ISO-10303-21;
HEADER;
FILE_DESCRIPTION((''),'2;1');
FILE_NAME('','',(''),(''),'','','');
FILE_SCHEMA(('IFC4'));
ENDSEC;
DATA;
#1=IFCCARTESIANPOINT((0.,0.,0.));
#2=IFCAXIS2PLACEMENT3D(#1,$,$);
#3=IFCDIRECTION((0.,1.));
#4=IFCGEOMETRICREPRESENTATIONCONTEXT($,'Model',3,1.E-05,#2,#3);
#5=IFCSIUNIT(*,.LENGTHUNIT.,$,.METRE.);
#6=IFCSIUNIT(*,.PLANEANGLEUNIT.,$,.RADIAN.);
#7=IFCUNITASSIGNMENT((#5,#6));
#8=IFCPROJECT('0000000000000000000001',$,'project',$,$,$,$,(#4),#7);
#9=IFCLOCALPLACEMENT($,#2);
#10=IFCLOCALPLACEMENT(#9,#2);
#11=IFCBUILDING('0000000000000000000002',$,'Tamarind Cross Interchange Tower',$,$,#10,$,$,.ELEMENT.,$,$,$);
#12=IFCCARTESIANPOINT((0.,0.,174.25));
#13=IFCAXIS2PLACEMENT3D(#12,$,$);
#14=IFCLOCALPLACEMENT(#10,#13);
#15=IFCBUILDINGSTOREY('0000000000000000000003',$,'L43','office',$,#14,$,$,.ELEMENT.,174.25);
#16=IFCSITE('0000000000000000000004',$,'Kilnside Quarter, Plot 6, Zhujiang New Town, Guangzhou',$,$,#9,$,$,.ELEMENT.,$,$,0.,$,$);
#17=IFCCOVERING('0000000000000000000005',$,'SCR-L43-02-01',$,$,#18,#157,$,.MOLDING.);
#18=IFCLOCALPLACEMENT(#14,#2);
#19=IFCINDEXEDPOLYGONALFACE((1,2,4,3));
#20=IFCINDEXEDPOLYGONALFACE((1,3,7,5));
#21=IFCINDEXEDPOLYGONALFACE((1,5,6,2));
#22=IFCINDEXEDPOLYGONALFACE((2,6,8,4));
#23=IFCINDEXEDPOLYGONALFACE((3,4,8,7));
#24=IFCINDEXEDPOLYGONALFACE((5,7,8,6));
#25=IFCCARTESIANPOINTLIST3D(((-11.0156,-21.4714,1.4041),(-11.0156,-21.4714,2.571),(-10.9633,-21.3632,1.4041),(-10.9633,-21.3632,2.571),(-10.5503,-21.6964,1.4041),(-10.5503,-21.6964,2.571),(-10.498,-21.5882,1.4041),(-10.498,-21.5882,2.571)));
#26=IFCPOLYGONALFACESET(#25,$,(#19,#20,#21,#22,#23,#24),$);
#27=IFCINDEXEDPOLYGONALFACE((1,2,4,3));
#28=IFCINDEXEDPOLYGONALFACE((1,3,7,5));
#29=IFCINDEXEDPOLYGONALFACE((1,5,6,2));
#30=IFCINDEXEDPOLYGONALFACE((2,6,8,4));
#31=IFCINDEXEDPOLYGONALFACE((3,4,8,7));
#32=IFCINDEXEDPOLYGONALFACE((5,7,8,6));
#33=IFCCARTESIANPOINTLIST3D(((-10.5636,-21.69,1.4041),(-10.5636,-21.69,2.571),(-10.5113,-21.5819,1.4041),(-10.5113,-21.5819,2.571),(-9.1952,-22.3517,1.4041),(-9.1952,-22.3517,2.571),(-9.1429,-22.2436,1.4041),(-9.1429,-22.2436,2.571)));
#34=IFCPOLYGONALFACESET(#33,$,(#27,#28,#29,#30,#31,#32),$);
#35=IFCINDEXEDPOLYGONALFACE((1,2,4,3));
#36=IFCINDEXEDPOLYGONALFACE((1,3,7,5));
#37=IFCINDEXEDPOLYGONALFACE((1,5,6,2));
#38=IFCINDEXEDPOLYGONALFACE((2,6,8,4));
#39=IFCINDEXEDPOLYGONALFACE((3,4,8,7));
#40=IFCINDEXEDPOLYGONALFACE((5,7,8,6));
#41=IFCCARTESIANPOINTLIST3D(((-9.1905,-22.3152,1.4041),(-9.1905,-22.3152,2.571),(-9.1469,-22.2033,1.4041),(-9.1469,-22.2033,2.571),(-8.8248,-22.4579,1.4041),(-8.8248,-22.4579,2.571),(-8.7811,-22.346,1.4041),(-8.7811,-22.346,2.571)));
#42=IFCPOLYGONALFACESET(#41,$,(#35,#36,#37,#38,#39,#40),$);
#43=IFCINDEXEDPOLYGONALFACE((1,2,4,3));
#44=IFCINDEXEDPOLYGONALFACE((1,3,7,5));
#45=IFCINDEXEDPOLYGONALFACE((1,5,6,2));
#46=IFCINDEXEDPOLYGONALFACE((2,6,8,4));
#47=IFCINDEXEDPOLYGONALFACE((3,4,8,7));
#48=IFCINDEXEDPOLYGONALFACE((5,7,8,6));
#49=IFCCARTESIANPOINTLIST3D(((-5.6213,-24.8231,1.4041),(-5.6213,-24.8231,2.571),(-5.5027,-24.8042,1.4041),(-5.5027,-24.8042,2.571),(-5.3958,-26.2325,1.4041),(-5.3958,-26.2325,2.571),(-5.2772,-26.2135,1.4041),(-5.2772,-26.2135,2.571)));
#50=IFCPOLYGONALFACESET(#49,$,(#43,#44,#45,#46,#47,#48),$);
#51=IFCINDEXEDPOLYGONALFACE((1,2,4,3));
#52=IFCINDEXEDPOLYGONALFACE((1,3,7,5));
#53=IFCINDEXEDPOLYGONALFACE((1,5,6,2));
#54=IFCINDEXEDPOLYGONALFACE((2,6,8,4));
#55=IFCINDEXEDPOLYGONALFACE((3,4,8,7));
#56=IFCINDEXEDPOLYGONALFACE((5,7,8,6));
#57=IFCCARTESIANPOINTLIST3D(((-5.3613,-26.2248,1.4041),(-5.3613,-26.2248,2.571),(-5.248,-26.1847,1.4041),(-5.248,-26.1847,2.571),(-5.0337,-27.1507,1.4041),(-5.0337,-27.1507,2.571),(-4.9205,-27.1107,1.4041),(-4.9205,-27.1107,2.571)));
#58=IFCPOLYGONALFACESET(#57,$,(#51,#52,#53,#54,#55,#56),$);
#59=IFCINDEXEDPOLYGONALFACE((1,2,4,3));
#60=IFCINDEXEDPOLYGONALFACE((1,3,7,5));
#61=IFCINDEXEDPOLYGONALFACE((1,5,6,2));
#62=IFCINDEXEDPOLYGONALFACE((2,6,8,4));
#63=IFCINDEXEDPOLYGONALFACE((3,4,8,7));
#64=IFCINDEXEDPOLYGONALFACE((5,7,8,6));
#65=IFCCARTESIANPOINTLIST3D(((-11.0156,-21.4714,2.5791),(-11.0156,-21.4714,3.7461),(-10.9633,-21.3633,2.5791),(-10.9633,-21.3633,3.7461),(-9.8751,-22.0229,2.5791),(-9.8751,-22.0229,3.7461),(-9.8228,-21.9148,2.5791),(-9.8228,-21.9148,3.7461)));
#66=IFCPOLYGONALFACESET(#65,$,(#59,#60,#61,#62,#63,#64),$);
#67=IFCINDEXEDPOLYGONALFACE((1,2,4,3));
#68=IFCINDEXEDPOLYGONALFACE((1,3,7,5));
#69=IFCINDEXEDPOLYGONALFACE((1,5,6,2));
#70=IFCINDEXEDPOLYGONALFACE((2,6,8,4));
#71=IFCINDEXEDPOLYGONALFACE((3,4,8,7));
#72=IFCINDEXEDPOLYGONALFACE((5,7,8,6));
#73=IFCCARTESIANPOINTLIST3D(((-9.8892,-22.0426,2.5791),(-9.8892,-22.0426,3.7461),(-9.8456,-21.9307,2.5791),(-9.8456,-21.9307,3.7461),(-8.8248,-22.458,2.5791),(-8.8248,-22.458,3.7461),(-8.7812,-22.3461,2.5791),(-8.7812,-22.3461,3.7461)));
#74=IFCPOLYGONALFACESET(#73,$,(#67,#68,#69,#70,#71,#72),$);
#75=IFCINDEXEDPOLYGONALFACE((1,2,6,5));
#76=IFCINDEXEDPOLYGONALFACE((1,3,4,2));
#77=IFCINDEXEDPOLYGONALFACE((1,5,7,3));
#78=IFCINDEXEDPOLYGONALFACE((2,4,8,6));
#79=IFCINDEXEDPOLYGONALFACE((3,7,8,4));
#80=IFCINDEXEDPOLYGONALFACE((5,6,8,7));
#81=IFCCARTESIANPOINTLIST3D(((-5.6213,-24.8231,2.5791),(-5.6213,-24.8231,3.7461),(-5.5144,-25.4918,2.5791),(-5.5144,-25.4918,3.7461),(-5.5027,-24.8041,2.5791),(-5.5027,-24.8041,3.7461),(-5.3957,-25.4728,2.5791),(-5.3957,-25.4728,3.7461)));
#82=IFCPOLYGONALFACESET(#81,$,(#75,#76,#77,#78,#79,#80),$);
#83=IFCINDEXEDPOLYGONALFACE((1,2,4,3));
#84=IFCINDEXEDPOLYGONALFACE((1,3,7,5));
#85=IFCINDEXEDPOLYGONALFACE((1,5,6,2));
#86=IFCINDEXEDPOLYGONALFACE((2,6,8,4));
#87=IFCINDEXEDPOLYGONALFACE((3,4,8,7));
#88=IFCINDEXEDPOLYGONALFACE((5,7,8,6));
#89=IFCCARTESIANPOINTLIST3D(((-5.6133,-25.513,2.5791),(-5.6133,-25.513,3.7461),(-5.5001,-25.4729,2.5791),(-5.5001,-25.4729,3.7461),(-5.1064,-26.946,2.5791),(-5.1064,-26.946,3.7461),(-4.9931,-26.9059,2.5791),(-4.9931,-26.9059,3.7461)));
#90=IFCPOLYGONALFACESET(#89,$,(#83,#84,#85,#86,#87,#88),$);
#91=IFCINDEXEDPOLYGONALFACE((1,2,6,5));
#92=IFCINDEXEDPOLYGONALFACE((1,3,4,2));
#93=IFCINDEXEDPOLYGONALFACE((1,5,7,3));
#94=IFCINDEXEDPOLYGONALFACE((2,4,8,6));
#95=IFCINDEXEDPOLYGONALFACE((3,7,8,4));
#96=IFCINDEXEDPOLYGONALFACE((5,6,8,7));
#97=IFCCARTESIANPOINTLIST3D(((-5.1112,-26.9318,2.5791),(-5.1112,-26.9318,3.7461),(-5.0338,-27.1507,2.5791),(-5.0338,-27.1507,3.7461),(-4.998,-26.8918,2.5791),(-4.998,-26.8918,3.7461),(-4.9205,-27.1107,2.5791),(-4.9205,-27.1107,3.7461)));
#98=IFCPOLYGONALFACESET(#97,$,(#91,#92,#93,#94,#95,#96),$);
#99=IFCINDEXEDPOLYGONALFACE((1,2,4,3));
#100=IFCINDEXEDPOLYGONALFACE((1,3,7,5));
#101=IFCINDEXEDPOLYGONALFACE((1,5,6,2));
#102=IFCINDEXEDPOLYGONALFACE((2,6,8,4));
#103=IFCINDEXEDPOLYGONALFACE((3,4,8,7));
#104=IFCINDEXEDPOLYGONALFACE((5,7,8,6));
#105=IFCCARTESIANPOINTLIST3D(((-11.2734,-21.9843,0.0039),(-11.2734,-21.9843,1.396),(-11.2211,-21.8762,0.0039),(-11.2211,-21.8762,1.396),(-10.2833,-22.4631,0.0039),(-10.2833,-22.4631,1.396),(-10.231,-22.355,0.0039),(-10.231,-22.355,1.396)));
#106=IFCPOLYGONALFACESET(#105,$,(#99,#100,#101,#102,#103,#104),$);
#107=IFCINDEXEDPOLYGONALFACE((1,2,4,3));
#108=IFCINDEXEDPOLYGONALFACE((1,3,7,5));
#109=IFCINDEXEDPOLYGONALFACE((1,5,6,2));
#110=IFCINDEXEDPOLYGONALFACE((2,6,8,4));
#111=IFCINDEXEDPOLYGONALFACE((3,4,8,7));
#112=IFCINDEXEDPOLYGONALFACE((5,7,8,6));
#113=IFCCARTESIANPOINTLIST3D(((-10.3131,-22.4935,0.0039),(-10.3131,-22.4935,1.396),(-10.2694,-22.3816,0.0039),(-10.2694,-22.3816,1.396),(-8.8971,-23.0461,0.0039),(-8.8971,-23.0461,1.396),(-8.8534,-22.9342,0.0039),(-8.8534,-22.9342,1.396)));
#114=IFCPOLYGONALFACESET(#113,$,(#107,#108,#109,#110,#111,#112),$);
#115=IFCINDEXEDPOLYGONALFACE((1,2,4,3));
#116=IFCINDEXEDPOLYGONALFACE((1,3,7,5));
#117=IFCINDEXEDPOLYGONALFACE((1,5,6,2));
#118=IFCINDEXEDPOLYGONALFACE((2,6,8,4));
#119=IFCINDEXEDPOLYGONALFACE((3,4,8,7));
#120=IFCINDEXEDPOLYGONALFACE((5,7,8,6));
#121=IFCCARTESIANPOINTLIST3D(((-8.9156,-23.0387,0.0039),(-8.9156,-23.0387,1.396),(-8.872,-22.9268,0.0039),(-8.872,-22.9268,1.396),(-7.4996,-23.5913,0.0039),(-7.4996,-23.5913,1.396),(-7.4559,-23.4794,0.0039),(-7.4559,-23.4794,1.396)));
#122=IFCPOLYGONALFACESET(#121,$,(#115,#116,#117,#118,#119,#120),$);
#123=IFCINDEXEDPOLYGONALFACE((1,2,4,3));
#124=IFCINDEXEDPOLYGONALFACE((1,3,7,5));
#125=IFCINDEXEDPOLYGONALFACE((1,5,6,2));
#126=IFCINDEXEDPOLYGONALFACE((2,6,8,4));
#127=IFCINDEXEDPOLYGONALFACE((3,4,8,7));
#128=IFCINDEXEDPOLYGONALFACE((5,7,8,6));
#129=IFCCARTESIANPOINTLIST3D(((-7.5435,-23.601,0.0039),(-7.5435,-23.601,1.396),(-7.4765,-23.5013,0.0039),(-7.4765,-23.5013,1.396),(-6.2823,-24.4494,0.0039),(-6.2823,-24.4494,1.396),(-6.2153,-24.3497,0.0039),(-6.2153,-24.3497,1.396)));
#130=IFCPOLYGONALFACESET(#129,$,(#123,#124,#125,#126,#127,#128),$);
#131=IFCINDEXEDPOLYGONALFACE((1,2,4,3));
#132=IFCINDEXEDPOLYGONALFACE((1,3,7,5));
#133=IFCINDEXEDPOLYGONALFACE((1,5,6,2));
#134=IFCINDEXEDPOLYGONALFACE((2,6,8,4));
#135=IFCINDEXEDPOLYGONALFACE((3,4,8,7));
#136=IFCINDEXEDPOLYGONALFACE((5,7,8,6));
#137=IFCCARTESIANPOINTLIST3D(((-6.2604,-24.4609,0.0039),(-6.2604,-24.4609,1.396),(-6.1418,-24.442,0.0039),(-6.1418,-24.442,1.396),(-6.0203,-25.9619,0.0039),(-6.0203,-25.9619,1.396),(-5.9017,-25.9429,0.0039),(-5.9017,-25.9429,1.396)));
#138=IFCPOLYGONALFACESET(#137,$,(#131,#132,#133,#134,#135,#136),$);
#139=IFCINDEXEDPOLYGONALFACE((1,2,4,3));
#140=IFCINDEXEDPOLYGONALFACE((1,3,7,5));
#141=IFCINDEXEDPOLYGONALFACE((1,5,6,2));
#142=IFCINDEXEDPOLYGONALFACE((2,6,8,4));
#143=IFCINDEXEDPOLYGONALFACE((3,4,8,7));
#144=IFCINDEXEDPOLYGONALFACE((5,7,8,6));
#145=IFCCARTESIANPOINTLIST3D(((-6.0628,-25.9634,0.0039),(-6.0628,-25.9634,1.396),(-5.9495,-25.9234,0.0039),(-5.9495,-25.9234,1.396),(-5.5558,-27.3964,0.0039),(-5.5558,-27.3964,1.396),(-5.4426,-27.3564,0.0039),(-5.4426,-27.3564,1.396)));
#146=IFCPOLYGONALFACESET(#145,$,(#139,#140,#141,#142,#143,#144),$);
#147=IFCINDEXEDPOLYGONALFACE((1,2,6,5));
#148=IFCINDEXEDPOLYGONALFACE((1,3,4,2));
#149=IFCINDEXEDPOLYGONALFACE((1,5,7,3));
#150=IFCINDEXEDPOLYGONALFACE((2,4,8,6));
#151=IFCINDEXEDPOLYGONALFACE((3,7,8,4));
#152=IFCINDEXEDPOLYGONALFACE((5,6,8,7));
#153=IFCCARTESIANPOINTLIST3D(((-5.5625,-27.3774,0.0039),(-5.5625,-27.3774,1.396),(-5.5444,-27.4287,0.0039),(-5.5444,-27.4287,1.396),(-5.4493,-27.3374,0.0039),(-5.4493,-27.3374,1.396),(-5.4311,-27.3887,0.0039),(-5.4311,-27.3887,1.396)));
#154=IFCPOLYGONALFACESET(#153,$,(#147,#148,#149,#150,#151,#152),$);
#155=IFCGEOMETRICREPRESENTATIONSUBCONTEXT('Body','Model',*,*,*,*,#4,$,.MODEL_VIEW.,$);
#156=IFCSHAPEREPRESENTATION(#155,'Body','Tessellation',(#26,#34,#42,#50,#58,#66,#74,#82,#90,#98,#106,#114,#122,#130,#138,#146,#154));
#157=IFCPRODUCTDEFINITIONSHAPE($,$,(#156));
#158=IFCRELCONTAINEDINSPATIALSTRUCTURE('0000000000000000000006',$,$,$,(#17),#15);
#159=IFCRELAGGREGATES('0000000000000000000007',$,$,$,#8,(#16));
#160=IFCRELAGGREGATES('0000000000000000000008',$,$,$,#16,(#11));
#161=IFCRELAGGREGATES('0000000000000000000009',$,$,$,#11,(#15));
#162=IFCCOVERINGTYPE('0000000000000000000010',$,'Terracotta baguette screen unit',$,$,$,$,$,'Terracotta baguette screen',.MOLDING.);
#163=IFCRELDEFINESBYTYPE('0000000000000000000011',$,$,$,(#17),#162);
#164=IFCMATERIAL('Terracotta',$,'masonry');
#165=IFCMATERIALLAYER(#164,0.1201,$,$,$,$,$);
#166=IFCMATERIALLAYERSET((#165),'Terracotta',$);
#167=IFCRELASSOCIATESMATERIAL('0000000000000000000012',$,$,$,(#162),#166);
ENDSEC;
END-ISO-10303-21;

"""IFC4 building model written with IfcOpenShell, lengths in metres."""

from ifc_helpers import new_model, si_unit, direction, frame, origin, origin_2d, place, context, subcontext, project, spatial, rectangle, extrude, material, layer, layer_set, type_object, element, save


model = new_model("IFC4")

# Units and contexts
model_context = context("Model", 3, precision=1e-05, world=origin(), true_north=direction((0.0, 1.0)))
body_context = subcontext(model_context, "Body", "Model", "MODEL_VIEW")
ifc_project = project(units=[si_unit("LENGTHUNIT", "METRE"), si_unit("PLANEANGLEUNIT", "RADIAN")], contexts=[model_context])

# Site, building, storey
site_placement = place(None, origin())
site = spatial("IfcSite", under=ifc_project, at=site_placement, Name="Kilnside Quarter, Plot 6, Zhujiang New Town, Guangzhou", CompositionType="ELEMENT", RefElevation=0.0)
building_placement = place(site_placement, origin())
building = spatial("IfcBuilding", under=site, at=building_placement, Name="Tamarind Cross Interchange Tower", CompositionType="ELEMENT")
storey_placement = place(building_placement, frame((0.0, 0.0, 174.25)))
storey = spatial("IfcBuildingStorey", under=building, at=storey_placement, Name="L43", Description="office", CompositionType="ELEMENT", Elevation=174.25)

# Covering
ifc_material_1 = material(Name="Terracotta", Category="masonry")
ifc_layer_1 = layer(ifc_material_1, 0.1201)
ifc_layer_set_1 = layer_set([ifc_layer_1], Name="Terracotta")
covering_type = type_object("IfcCoveringType", Name="Terracotta baguette screen unit", ElementType="Terracotta baguette screen", PredefinedType="MOLDING", material=ifc_layer_set_1)
covering_1_placement = place(storey_placement, origin())
element("IfcCovering", 1, at=covering_1_placement, inside=storey, type_object=covering_type, Name="SCR-L43-02-01", PredefinedType="MOLDING", context=body_context, shape_type="SweptSolid", body=[
    extrude(rectangle(XDim=0.5168, YDim=0.1201, at=origin_2d()), frame((-10.7568, -21.5298, 1.4041), z_axis=(0.0, 0.0, 1.0), x_axis=(0.900273, -0.435326, 0.0)), (0.0, 0.0, 1.0), 1.167),
    extrude(rectangle(XDim=1.52, YDim=0.1201, at=origin_2d()), frame((-9.8533, -21.9668, 1.4041), z_axis=(0.0, 0.0, 1.0), x_axis=(0.900273, -0.435326, 0.0)), (0.0, 0.0, 1.0), 1.167),
    extrude(rectangle(XDim=0.3926, YDim=0.1201, at=origin_2d()), frame((-8.9858, -22.3306, 1.4041), z_axis=(0.0, 0.0, 1.0), x_axis=(0.931591, -0.363508, 0.0)), (0.0, 0.0, 1.0), 1.167),
    extrude(rectangle(XDim=1.4272, YDim=0.1201, at=origin_2d()), frame((-5.4492, -25.5183, 1.4041), z_axis=(0.0, 0.0, 1.0), x_axis=(0.157985, -0.987441, 0.0)), (0.0, 0.0, 1.0), 1.167),
    extrude(rectangle(XDim=0.9822, YDim=0.1201, at=origin_2d()), frame((-5.1409, -26.6677, 1.4041), z_axis=(0.0, 0.0, 1.0), x_axis=(0.333496, -0.942752, 0.0)), (0.0, 0.0, 1.0), 1.167),
    extrude(rectangle(XDim=1.2668, YDim=0.1201, at=origin_2d()), frame((-10.4192, -21.6931, 2.5791), z_axis=(0.0, 0.0, 1.0), x_axis=(0.900273, -0.435326, 0.0)), (0.0, 0.0, 1.0), 1.167),
    extrude(rectangle(XDim=1.1426, YDim=0.1201, at=origin_2d()), frame((-9.3352, -22.1943, 2.5791), z_axis=(0.0, 0.0, 1.0), x_axis=(0.931591, -0.363508, 0.0)), (0.0, 0.0, 1.0), 1.167),
    extrude(rectangle(XDim=0.6772, YDim=0.1201, at=origin_2d()), frame((-5.5085, -25.1479, 2.5791), z_axis=(0.0, 0.0, 1.0), x_axis=(0.157985, -0.987441, 0.0)), (0.0, 0.0, 1.0), 1.167),
    extrude(rectangle(XDim=1.52, YDim=0.1201, at=origin_2d()), frame((-5.3032, -26.2095, 2.5791), z_axis=(0.0, 0.0, 1.0), x_axis=(0.333496, -0.942752, 0.0)), (0.0, 0.0, 1.0), 1.167),
    extrude(rectangle(XDim=0.2322, YDim=0.1201, at=origin_2d()), frame((-5.0159, -27.0212, 2.5791), z_axis=(0.0, 0.0, 1.0), x_axis=(0.333496, -0.942752, 0.0)), (0.0, 0.0, 1.0), 1.167),
    extrude(rectangle(XDim=1.0999, YDim=0.1201, at=origin_2d()), frame((-10.7522, -22.1697, 0.0039), z_axis=(0.0, 0.0, 1.0), x_axis=(0.900273, -0.435326, 0.0)), (0.0, 0.0, 1.0), 1.3921),
    extrude(rectangle(XDim=1.52, YDim=0.1201, at=origin_2d()), frame((-9.5833, -22.7139, 0.0039), z_axis=(0.0, 0.0, 1.0), x_axis=(0.931591, -0.363508, 0.0)), (0.0, 0.0, 1.0), 1.3921),
    extrude(rectangle(XDim=1.52, YDim=0.1201, at=origin_2d()), frame((-8.1858, -23.259, 0.0039), z_axis=(0.0, 0.0, 1.0), x_axis=(0.931591, -0.363508, 0.0)), (0.0, 0.0, 1.0), 1.3921),
    extrude(rectangle(XDim=1.52, YDim=0.1201, at=origin_2d()), frame((-6.8794, -23.9753, 0.0039), z_axis=(0.0, 0.0, 1.0), x_axis=(0.829754, -0.558129, 0.0)), (0.0, 0.0, 1.0), 1.3921),
    extrude(rectangle(XDim=1.52, YDim=0.1201, at=origin_2d()), frame((-6.0811, -25.2019, 0.0039), z_axis=(0.0, 0.0, 1.0), x_axis=(0.157985, -0.987441, 0.0)), (0.0, 0.0, 1.0), 1.3921),
    extrude(rectangle(XDim=1.52, YDim=0.1201, at=origin_2d()), frame((-5.7527, -26.6599, 0.0039), z_axis=(0.0, 0.0, 1.0), x_axis=(0.333496, -0.942752, 0.0)), (0.0, 0.0, 1.0), 1.3921),
    extrude(rectangle(XDim=0.0544, YDim=0.1201, at=origin_2d()), frame((-5.4968, -27.3831, 0.0039), z_axis=(0.0, 0.0, 1.0), x_axis=(0.333496, -0.942752, 0.0)), (0.0, 0.0, 1.0), 1.3921),
])

save(model, "model.ifc")
